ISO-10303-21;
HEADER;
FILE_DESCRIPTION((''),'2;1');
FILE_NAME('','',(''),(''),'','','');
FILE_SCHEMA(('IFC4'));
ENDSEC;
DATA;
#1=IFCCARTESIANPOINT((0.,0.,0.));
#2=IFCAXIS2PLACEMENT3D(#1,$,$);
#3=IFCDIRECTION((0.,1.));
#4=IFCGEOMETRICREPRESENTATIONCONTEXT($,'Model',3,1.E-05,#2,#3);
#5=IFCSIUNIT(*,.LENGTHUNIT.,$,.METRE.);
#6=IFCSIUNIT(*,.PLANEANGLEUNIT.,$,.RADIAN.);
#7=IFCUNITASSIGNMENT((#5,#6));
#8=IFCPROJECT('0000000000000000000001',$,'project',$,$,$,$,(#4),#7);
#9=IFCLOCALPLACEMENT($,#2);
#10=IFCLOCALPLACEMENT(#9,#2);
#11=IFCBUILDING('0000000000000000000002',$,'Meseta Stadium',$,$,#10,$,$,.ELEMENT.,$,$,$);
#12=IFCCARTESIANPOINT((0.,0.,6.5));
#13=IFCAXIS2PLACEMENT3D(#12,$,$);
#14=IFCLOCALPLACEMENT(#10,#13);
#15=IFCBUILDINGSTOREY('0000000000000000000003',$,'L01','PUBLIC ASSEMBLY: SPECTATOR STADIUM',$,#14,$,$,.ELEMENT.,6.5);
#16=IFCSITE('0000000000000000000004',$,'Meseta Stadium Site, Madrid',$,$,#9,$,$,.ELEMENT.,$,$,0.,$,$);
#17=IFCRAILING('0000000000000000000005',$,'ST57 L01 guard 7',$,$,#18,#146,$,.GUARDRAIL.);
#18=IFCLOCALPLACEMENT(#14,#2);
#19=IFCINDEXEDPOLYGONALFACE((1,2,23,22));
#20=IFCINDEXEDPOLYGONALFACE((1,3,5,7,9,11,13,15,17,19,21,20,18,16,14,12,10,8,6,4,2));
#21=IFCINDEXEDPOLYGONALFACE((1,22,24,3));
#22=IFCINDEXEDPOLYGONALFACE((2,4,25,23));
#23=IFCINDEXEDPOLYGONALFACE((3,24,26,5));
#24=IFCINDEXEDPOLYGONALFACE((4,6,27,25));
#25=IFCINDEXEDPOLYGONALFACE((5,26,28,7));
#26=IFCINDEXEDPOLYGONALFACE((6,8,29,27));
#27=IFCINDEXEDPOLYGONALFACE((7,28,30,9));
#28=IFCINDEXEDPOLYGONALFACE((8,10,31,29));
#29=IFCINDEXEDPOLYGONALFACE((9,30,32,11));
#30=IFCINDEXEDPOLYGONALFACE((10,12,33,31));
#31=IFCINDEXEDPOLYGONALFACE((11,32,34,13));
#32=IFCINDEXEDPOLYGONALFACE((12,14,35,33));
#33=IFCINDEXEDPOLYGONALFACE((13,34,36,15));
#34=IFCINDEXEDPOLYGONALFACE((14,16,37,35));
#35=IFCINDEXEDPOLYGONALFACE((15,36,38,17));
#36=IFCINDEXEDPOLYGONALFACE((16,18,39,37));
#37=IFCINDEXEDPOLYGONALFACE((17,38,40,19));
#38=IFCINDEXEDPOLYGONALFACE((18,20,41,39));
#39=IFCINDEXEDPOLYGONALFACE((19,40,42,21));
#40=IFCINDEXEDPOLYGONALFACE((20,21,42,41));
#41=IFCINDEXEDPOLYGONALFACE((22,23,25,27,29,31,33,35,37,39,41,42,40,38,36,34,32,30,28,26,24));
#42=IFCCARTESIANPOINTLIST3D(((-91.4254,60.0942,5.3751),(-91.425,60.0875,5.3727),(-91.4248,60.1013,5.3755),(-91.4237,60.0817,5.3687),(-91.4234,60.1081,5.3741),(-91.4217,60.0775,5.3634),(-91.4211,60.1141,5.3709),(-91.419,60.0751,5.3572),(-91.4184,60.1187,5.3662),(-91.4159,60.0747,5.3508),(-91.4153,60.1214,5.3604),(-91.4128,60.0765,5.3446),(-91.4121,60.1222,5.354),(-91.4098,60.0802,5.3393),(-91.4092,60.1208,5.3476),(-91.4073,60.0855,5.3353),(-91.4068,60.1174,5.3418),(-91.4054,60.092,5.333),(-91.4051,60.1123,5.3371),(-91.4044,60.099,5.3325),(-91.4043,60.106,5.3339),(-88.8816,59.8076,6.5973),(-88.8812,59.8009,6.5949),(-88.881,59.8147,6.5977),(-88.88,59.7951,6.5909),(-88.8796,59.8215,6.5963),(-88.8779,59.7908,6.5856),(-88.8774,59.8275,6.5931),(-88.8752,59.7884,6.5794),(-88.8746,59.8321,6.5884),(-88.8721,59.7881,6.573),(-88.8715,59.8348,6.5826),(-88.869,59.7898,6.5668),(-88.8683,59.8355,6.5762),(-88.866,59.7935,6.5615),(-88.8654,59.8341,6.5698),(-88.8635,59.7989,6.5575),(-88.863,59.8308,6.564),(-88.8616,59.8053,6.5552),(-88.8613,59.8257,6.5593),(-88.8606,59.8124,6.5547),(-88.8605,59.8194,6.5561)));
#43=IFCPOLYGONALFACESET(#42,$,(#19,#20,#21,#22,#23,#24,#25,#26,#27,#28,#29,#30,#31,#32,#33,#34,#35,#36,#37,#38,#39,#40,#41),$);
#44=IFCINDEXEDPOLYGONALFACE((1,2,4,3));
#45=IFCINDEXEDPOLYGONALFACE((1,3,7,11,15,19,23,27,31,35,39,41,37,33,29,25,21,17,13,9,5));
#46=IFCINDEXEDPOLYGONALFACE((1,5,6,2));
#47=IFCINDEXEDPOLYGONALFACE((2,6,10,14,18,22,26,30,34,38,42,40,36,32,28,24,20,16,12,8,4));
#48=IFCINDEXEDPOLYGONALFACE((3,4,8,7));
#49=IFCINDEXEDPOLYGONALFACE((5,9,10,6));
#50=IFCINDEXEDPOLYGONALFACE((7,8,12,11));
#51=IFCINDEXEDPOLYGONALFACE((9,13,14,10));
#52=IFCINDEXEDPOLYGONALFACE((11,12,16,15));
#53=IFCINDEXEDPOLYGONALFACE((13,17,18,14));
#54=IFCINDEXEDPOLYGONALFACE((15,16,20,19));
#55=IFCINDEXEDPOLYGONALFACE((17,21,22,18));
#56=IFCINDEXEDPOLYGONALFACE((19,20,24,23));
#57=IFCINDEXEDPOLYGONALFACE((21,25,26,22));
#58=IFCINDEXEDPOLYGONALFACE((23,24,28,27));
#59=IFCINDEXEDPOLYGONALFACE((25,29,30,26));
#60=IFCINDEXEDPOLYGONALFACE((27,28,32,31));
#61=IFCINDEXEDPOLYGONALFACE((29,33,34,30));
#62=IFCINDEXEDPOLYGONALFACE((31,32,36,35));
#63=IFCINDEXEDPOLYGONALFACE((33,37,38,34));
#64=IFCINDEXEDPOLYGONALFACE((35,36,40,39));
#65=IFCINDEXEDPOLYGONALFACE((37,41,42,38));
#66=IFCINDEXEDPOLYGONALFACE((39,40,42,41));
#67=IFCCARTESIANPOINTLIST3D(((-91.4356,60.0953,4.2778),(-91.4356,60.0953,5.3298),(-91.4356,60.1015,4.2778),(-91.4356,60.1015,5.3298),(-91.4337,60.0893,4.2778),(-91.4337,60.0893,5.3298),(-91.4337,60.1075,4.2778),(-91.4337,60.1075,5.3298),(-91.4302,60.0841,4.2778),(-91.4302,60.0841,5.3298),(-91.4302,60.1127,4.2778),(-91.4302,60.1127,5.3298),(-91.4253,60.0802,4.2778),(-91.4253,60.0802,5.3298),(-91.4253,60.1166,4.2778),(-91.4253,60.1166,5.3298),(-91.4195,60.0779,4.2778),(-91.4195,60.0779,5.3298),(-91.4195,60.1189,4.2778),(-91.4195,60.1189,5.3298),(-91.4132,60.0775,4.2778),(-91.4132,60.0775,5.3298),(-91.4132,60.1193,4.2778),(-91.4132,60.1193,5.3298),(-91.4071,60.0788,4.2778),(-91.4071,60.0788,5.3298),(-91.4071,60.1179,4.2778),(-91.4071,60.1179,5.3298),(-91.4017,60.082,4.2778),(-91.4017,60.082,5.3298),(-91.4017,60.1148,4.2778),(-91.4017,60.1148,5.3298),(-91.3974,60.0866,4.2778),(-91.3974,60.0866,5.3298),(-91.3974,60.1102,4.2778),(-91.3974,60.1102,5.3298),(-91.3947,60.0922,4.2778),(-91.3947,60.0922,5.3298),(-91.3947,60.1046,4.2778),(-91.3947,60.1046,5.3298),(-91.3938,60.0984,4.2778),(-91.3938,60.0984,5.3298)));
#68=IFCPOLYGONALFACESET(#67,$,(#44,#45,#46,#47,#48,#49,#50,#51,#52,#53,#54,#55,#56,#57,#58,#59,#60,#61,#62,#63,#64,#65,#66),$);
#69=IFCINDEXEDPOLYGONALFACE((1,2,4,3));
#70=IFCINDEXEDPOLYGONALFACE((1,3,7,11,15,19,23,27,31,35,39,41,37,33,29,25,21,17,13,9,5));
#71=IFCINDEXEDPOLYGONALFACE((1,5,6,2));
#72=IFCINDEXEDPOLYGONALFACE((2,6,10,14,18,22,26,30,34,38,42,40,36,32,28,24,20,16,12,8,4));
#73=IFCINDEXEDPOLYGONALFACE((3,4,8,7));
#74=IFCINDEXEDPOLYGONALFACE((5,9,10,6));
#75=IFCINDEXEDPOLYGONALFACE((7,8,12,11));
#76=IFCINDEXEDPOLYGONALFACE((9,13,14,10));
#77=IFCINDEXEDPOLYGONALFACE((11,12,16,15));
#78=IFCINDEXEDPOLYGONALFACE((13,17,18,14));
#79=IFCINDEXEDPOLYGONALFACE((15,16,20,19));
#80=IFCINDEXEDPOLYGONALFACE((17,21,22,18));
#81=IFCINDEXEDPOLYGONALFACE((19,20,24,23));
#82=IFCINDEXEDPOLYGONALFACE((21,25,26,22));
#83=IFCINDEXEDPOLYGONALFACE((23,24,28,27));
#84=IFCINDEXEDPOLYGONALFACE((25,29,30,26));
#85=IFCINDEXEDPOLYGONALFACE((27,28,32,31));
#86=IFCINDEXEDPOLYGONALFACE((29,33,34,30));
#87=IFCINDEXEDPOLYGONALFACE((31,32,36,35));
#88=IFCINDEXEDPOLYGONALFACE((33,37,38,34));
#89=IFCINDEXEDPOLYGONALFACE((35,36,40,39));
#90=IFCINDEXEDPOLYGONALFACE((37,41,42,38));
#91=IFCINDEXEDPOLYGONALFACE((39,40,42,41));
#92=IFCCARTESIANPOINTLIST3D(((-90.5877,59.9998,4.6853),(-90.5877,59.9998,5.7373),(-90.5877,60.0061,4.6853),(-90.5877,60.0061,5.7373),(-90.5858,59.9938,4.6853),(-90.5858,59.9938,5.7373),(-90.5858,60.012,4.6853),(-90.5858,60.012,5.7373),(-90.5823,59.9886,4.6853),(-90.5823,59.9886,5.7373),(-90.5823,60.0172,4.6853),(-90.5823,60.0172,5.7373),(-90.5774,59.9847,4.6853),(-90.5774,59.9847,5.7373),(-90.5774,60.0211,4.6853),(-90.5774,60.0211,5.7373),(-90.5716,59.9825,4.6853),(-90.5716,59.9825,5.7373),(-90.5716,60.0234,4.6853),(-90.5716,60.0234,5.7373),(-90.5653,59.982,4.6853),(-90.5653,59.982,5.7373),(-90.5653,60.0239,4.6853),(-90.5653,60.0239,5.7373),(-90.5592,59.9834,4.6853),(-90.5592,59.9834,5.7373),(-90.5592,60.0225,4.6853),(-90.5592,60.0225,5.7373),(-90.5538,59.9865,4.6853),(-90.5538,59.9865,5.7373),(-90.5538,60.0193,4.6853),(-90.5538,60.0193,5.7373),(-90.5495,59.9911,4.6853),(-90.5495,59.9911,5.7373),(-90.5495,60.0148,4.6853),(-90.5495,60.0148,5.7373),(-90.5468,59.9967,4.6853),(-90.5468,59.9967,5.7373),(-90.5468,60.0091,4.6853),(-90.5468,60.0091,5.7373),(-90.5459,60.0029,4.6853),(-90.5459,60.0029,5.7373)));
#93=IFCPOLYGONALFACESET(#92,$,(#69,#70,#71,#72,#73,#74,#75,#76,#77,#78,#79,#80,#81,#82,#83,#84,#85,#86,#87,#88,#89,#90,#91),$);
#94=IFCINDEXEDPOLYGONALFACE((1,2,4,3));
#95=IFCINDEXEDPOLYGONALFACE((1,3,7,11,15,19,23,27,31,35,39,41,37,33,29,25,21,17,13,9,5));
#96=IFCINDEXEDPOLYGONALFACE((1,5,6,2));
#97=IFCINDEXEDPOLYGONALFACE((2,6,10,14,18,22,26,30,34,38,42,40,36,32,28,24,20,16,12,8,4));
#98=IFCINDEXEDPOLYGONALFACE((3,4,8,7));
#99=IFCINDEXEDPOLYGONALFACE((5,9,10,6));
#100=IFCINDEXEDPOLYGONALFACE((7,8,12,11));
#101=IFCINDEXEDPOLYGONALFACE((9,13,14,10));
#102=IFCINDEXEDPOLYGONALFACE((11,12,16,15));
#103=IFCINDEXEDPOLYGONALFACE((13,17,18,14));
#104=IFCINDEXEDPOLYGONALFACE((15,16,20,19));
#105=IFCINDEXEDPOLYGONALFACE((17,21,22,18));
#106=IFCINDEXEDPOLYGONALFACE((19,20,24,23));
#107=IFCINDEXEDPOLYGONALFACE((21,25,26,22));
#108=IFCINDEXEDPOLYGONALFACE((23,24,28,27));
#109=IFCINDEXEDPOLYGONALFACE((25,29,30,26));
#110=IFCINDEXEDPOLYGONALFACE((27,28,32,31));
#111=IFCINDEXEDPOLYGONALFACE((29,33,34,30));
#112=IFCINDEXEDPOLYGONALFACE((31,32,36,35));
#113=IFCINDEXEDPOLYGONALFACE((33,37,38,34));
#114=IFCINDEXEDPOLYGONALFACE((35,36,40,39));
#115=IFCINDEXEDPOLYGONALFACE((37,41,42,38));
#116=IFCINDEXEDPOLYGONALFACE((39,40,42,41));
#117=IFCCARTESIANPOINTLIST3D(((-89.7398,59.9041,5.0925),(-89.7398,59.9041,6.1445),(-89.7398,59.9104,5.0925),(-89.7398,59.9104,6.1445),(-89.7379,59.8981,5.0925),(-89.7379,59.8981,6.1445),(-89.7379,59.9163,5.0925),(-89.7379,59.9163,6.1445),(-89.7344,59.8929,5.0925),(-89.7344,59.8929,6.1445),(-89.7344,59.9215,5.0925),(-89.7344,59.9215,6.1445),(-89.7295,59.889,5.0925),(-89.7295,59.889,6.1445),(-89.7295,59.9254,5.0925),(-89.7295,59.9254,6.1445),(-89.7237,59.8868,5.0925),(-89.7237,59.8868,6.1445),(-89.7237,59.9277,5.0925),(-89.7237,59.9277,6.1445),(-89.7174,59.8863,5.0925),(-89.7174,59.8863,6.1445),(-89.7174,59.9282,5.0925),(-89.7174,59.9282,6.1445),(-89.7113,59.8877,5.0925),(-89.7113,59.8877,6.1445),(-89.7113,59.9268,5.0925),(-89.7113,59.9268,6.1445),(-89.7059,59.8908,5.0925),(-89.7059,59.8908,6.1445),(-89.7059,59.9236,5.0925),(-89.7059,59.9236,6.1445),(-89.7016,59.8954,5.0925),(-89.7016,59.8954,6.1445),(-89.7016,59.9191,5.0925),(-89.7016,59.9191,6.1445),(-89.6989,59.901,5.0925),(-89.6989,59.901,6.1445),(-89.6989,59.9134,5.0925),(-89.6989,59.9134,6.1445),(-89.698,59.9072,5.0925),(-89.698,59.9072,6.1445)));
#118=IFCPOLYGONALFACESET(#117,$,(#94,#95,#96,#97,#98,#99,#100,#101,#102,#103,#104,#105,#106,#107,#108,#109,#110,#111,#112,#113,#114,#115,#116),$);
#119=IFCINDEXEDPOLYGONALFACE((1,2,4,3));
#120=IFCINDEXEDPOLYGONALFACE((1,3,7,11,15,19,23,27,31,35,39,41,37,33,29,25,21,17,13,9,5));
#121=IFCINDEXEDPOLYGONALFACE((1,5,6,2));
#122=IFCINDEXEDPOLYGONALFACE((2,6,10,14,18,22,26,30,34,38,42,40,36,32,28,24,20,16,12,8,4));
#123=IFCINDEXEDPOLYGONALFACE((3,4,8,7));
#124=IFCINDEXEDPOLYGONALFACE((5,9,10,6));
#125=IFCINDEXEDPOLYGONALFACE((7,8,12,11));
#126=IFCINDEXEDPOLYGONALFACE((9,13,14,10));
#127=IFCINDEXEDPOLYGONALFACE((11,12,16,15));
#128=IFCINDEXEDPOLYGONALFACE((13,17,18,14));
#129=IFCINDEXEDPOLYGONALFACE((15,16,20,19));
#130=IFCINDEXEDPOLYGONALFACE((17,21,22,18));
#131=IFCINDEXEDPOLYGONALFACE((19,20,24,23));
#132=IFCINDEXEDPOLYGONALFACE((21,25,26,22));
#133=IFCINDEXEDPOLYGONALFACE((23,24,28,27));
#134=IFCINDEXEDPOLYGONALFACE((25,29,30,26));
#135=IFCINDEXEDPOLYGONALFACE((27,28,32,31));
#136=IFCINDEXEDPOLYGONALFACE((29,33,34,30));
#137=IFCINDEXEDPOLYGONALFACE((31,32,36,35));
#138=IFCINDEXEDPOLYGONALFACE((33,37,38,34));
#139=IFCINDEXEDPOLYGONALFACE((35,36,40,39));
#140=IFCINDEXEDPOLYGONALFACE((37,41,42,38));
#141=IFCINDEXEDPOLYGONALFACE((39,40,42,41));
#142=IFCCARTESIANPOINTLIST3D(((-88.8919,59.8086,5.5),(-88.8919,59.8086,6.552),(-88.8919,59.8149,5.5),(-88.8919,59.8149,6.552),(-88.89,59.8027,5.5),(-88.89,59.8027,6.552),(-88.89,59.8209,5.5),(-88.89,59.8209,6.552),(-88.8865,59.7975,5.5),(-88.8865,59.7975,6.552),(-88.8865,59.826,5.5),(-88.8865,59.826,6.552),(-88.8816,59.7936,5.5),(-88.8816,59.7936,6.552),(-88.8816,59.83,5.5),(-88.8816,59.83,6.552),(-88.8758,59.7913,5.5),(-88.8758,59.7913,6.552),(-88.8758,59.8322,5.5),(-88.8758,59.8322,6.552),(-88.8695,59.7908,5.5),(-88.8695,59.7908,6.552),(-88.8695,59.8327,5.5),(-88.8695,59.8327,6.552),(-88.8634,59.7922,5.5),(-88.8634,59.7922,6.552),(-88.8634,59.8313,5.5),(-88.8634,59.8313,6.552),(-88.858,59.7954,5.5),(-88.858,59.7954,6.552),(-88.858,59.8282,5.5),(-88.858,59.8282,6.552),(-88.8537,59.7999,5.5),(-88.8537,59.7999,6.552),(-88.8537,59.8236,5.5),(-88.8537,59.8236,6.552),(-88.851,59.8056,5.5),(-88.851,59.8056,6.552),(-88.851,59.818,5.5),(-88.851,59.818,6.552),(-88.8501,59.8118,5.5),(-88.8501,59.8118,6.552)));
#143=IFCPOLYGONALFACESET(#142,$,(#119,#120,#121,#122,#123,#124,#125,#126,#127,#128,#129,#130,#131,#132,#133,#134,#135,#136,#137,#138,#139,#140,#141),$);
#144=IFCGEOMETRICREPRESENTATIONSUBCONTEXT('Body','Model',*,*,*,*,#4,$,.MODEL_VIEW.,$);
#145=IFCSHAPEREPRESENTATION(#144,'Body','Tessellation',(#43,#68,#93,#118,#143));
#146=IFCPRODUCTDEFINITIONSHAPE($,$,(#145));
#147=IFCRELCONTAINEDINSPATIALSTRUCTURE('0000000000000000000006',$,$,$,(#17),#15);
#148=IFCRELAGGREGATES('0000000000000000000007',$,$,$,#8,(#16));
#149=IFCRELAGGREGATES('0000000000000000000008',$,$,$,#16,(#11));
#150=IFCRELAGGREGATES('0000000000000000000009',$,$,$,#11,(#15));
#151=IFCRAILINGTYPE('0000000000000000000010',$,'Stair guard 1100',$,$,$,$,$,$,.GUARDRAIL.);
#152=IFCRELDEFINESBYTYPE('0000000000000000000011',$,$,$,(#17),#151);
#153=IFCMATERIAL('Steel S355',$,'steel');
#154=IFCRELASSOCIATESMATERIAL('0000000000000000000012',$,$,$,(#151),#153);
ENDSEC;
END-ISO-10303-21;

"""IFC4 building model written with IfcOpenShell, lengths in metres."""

from ifc_helpers import new_model, si_unit, direction, frame, origin, origin_2d, place, context, subcontext, project, spatial, circle, extrude, material, type_object, element, save


model = new_model("IFC4")

# Units and contexts
model_context = context("Model", 3, precision=1e-05, world=origin(), true_north=direction((0.0, 1.0)))
body_context = subcontext(model_context, "Body", "Model", "MODEL_VIEW")
ifc_project = project(units=[si_unit("LENGTHUNIT", "METRE"), si_unit("PLANEANGLEUNIT", "RADIAN")], contexts=[model_context])

# Site, building, storey
site_placement = place(None, origin())
site = spatial("IfcSite", under=ifc_project, at=site_placement, Name="Meseta Stadium Site, Madrid", CompositionType="ELEMENT", RefElevation=0.0)
building_placement = place(site_placement, origin())
building = spatial("IfcBuilding", under=site, at=building_placement, Name="Meseta Stadium", CompositionType="ELEMENT")
storey_placement = place(building_placement, frame((0.0, 0.0, 6.5)))
storey = spatial("IfcBuildingStorey", under=building, at=storey_placement, Name="L01", Description="PUBLIC ASSEMBLY: SPECTATOR STADIUM", CompositionType="ELEMENT", Elevation=6.5)

# Railing
ifc_material_1 = material(Name="Steel S355", Category="steel")
railing_type_1 = type_object("IfcRailingType", Name="Stair guard 1100", PredefinedType="GUARDRAIL", material=ifc_material_1)
railing_1_placement = place(storey_placement, frame((-91.4148, 60.0984, 4.2778)))
element("IfcRailing", 1, at=railing_1_placement, inside=storey, type_object=railing_type_1, Name="ST57 L01 guard 7", PredefinedType="GUARDRAIL", context=body_context, shape_type="SweptSolid", body=[
    extrude(circle(Radius=0.0239, at=origin_2d()), frame((0.0, 0.0, 1.0762), z_axis=(0.896745, -0.101044, 0.430858), x_axis=(0.11197, 0.993712, 0.0)), (0.0, 0.0, 1.0), 2.8367),
    extrude(circle(Radius=0.021, at=origin_2d()), origin(), (0.0, 0.0, 1.0), 1.052),
    extrude(circle(Radius=0.021, at=origin_2d()), frame((0.8479, -0.0955, 0.4075)), (0.0, 0.0, 1.0), 1.052),
    extrude(circle(Radius=0.021, at=origin_2d()), frame((1.6958, -0.1912, 0.8147)), (0.0, 0.0, 1.0), 1.052),
    extrude(circle(Radius=0.021, at=origin_2d()), frame((2.5437, -0.2866, 1.2222)), (0.0, 0.0, 1.0), 1.052),
])

save(model, "model.ifc")
